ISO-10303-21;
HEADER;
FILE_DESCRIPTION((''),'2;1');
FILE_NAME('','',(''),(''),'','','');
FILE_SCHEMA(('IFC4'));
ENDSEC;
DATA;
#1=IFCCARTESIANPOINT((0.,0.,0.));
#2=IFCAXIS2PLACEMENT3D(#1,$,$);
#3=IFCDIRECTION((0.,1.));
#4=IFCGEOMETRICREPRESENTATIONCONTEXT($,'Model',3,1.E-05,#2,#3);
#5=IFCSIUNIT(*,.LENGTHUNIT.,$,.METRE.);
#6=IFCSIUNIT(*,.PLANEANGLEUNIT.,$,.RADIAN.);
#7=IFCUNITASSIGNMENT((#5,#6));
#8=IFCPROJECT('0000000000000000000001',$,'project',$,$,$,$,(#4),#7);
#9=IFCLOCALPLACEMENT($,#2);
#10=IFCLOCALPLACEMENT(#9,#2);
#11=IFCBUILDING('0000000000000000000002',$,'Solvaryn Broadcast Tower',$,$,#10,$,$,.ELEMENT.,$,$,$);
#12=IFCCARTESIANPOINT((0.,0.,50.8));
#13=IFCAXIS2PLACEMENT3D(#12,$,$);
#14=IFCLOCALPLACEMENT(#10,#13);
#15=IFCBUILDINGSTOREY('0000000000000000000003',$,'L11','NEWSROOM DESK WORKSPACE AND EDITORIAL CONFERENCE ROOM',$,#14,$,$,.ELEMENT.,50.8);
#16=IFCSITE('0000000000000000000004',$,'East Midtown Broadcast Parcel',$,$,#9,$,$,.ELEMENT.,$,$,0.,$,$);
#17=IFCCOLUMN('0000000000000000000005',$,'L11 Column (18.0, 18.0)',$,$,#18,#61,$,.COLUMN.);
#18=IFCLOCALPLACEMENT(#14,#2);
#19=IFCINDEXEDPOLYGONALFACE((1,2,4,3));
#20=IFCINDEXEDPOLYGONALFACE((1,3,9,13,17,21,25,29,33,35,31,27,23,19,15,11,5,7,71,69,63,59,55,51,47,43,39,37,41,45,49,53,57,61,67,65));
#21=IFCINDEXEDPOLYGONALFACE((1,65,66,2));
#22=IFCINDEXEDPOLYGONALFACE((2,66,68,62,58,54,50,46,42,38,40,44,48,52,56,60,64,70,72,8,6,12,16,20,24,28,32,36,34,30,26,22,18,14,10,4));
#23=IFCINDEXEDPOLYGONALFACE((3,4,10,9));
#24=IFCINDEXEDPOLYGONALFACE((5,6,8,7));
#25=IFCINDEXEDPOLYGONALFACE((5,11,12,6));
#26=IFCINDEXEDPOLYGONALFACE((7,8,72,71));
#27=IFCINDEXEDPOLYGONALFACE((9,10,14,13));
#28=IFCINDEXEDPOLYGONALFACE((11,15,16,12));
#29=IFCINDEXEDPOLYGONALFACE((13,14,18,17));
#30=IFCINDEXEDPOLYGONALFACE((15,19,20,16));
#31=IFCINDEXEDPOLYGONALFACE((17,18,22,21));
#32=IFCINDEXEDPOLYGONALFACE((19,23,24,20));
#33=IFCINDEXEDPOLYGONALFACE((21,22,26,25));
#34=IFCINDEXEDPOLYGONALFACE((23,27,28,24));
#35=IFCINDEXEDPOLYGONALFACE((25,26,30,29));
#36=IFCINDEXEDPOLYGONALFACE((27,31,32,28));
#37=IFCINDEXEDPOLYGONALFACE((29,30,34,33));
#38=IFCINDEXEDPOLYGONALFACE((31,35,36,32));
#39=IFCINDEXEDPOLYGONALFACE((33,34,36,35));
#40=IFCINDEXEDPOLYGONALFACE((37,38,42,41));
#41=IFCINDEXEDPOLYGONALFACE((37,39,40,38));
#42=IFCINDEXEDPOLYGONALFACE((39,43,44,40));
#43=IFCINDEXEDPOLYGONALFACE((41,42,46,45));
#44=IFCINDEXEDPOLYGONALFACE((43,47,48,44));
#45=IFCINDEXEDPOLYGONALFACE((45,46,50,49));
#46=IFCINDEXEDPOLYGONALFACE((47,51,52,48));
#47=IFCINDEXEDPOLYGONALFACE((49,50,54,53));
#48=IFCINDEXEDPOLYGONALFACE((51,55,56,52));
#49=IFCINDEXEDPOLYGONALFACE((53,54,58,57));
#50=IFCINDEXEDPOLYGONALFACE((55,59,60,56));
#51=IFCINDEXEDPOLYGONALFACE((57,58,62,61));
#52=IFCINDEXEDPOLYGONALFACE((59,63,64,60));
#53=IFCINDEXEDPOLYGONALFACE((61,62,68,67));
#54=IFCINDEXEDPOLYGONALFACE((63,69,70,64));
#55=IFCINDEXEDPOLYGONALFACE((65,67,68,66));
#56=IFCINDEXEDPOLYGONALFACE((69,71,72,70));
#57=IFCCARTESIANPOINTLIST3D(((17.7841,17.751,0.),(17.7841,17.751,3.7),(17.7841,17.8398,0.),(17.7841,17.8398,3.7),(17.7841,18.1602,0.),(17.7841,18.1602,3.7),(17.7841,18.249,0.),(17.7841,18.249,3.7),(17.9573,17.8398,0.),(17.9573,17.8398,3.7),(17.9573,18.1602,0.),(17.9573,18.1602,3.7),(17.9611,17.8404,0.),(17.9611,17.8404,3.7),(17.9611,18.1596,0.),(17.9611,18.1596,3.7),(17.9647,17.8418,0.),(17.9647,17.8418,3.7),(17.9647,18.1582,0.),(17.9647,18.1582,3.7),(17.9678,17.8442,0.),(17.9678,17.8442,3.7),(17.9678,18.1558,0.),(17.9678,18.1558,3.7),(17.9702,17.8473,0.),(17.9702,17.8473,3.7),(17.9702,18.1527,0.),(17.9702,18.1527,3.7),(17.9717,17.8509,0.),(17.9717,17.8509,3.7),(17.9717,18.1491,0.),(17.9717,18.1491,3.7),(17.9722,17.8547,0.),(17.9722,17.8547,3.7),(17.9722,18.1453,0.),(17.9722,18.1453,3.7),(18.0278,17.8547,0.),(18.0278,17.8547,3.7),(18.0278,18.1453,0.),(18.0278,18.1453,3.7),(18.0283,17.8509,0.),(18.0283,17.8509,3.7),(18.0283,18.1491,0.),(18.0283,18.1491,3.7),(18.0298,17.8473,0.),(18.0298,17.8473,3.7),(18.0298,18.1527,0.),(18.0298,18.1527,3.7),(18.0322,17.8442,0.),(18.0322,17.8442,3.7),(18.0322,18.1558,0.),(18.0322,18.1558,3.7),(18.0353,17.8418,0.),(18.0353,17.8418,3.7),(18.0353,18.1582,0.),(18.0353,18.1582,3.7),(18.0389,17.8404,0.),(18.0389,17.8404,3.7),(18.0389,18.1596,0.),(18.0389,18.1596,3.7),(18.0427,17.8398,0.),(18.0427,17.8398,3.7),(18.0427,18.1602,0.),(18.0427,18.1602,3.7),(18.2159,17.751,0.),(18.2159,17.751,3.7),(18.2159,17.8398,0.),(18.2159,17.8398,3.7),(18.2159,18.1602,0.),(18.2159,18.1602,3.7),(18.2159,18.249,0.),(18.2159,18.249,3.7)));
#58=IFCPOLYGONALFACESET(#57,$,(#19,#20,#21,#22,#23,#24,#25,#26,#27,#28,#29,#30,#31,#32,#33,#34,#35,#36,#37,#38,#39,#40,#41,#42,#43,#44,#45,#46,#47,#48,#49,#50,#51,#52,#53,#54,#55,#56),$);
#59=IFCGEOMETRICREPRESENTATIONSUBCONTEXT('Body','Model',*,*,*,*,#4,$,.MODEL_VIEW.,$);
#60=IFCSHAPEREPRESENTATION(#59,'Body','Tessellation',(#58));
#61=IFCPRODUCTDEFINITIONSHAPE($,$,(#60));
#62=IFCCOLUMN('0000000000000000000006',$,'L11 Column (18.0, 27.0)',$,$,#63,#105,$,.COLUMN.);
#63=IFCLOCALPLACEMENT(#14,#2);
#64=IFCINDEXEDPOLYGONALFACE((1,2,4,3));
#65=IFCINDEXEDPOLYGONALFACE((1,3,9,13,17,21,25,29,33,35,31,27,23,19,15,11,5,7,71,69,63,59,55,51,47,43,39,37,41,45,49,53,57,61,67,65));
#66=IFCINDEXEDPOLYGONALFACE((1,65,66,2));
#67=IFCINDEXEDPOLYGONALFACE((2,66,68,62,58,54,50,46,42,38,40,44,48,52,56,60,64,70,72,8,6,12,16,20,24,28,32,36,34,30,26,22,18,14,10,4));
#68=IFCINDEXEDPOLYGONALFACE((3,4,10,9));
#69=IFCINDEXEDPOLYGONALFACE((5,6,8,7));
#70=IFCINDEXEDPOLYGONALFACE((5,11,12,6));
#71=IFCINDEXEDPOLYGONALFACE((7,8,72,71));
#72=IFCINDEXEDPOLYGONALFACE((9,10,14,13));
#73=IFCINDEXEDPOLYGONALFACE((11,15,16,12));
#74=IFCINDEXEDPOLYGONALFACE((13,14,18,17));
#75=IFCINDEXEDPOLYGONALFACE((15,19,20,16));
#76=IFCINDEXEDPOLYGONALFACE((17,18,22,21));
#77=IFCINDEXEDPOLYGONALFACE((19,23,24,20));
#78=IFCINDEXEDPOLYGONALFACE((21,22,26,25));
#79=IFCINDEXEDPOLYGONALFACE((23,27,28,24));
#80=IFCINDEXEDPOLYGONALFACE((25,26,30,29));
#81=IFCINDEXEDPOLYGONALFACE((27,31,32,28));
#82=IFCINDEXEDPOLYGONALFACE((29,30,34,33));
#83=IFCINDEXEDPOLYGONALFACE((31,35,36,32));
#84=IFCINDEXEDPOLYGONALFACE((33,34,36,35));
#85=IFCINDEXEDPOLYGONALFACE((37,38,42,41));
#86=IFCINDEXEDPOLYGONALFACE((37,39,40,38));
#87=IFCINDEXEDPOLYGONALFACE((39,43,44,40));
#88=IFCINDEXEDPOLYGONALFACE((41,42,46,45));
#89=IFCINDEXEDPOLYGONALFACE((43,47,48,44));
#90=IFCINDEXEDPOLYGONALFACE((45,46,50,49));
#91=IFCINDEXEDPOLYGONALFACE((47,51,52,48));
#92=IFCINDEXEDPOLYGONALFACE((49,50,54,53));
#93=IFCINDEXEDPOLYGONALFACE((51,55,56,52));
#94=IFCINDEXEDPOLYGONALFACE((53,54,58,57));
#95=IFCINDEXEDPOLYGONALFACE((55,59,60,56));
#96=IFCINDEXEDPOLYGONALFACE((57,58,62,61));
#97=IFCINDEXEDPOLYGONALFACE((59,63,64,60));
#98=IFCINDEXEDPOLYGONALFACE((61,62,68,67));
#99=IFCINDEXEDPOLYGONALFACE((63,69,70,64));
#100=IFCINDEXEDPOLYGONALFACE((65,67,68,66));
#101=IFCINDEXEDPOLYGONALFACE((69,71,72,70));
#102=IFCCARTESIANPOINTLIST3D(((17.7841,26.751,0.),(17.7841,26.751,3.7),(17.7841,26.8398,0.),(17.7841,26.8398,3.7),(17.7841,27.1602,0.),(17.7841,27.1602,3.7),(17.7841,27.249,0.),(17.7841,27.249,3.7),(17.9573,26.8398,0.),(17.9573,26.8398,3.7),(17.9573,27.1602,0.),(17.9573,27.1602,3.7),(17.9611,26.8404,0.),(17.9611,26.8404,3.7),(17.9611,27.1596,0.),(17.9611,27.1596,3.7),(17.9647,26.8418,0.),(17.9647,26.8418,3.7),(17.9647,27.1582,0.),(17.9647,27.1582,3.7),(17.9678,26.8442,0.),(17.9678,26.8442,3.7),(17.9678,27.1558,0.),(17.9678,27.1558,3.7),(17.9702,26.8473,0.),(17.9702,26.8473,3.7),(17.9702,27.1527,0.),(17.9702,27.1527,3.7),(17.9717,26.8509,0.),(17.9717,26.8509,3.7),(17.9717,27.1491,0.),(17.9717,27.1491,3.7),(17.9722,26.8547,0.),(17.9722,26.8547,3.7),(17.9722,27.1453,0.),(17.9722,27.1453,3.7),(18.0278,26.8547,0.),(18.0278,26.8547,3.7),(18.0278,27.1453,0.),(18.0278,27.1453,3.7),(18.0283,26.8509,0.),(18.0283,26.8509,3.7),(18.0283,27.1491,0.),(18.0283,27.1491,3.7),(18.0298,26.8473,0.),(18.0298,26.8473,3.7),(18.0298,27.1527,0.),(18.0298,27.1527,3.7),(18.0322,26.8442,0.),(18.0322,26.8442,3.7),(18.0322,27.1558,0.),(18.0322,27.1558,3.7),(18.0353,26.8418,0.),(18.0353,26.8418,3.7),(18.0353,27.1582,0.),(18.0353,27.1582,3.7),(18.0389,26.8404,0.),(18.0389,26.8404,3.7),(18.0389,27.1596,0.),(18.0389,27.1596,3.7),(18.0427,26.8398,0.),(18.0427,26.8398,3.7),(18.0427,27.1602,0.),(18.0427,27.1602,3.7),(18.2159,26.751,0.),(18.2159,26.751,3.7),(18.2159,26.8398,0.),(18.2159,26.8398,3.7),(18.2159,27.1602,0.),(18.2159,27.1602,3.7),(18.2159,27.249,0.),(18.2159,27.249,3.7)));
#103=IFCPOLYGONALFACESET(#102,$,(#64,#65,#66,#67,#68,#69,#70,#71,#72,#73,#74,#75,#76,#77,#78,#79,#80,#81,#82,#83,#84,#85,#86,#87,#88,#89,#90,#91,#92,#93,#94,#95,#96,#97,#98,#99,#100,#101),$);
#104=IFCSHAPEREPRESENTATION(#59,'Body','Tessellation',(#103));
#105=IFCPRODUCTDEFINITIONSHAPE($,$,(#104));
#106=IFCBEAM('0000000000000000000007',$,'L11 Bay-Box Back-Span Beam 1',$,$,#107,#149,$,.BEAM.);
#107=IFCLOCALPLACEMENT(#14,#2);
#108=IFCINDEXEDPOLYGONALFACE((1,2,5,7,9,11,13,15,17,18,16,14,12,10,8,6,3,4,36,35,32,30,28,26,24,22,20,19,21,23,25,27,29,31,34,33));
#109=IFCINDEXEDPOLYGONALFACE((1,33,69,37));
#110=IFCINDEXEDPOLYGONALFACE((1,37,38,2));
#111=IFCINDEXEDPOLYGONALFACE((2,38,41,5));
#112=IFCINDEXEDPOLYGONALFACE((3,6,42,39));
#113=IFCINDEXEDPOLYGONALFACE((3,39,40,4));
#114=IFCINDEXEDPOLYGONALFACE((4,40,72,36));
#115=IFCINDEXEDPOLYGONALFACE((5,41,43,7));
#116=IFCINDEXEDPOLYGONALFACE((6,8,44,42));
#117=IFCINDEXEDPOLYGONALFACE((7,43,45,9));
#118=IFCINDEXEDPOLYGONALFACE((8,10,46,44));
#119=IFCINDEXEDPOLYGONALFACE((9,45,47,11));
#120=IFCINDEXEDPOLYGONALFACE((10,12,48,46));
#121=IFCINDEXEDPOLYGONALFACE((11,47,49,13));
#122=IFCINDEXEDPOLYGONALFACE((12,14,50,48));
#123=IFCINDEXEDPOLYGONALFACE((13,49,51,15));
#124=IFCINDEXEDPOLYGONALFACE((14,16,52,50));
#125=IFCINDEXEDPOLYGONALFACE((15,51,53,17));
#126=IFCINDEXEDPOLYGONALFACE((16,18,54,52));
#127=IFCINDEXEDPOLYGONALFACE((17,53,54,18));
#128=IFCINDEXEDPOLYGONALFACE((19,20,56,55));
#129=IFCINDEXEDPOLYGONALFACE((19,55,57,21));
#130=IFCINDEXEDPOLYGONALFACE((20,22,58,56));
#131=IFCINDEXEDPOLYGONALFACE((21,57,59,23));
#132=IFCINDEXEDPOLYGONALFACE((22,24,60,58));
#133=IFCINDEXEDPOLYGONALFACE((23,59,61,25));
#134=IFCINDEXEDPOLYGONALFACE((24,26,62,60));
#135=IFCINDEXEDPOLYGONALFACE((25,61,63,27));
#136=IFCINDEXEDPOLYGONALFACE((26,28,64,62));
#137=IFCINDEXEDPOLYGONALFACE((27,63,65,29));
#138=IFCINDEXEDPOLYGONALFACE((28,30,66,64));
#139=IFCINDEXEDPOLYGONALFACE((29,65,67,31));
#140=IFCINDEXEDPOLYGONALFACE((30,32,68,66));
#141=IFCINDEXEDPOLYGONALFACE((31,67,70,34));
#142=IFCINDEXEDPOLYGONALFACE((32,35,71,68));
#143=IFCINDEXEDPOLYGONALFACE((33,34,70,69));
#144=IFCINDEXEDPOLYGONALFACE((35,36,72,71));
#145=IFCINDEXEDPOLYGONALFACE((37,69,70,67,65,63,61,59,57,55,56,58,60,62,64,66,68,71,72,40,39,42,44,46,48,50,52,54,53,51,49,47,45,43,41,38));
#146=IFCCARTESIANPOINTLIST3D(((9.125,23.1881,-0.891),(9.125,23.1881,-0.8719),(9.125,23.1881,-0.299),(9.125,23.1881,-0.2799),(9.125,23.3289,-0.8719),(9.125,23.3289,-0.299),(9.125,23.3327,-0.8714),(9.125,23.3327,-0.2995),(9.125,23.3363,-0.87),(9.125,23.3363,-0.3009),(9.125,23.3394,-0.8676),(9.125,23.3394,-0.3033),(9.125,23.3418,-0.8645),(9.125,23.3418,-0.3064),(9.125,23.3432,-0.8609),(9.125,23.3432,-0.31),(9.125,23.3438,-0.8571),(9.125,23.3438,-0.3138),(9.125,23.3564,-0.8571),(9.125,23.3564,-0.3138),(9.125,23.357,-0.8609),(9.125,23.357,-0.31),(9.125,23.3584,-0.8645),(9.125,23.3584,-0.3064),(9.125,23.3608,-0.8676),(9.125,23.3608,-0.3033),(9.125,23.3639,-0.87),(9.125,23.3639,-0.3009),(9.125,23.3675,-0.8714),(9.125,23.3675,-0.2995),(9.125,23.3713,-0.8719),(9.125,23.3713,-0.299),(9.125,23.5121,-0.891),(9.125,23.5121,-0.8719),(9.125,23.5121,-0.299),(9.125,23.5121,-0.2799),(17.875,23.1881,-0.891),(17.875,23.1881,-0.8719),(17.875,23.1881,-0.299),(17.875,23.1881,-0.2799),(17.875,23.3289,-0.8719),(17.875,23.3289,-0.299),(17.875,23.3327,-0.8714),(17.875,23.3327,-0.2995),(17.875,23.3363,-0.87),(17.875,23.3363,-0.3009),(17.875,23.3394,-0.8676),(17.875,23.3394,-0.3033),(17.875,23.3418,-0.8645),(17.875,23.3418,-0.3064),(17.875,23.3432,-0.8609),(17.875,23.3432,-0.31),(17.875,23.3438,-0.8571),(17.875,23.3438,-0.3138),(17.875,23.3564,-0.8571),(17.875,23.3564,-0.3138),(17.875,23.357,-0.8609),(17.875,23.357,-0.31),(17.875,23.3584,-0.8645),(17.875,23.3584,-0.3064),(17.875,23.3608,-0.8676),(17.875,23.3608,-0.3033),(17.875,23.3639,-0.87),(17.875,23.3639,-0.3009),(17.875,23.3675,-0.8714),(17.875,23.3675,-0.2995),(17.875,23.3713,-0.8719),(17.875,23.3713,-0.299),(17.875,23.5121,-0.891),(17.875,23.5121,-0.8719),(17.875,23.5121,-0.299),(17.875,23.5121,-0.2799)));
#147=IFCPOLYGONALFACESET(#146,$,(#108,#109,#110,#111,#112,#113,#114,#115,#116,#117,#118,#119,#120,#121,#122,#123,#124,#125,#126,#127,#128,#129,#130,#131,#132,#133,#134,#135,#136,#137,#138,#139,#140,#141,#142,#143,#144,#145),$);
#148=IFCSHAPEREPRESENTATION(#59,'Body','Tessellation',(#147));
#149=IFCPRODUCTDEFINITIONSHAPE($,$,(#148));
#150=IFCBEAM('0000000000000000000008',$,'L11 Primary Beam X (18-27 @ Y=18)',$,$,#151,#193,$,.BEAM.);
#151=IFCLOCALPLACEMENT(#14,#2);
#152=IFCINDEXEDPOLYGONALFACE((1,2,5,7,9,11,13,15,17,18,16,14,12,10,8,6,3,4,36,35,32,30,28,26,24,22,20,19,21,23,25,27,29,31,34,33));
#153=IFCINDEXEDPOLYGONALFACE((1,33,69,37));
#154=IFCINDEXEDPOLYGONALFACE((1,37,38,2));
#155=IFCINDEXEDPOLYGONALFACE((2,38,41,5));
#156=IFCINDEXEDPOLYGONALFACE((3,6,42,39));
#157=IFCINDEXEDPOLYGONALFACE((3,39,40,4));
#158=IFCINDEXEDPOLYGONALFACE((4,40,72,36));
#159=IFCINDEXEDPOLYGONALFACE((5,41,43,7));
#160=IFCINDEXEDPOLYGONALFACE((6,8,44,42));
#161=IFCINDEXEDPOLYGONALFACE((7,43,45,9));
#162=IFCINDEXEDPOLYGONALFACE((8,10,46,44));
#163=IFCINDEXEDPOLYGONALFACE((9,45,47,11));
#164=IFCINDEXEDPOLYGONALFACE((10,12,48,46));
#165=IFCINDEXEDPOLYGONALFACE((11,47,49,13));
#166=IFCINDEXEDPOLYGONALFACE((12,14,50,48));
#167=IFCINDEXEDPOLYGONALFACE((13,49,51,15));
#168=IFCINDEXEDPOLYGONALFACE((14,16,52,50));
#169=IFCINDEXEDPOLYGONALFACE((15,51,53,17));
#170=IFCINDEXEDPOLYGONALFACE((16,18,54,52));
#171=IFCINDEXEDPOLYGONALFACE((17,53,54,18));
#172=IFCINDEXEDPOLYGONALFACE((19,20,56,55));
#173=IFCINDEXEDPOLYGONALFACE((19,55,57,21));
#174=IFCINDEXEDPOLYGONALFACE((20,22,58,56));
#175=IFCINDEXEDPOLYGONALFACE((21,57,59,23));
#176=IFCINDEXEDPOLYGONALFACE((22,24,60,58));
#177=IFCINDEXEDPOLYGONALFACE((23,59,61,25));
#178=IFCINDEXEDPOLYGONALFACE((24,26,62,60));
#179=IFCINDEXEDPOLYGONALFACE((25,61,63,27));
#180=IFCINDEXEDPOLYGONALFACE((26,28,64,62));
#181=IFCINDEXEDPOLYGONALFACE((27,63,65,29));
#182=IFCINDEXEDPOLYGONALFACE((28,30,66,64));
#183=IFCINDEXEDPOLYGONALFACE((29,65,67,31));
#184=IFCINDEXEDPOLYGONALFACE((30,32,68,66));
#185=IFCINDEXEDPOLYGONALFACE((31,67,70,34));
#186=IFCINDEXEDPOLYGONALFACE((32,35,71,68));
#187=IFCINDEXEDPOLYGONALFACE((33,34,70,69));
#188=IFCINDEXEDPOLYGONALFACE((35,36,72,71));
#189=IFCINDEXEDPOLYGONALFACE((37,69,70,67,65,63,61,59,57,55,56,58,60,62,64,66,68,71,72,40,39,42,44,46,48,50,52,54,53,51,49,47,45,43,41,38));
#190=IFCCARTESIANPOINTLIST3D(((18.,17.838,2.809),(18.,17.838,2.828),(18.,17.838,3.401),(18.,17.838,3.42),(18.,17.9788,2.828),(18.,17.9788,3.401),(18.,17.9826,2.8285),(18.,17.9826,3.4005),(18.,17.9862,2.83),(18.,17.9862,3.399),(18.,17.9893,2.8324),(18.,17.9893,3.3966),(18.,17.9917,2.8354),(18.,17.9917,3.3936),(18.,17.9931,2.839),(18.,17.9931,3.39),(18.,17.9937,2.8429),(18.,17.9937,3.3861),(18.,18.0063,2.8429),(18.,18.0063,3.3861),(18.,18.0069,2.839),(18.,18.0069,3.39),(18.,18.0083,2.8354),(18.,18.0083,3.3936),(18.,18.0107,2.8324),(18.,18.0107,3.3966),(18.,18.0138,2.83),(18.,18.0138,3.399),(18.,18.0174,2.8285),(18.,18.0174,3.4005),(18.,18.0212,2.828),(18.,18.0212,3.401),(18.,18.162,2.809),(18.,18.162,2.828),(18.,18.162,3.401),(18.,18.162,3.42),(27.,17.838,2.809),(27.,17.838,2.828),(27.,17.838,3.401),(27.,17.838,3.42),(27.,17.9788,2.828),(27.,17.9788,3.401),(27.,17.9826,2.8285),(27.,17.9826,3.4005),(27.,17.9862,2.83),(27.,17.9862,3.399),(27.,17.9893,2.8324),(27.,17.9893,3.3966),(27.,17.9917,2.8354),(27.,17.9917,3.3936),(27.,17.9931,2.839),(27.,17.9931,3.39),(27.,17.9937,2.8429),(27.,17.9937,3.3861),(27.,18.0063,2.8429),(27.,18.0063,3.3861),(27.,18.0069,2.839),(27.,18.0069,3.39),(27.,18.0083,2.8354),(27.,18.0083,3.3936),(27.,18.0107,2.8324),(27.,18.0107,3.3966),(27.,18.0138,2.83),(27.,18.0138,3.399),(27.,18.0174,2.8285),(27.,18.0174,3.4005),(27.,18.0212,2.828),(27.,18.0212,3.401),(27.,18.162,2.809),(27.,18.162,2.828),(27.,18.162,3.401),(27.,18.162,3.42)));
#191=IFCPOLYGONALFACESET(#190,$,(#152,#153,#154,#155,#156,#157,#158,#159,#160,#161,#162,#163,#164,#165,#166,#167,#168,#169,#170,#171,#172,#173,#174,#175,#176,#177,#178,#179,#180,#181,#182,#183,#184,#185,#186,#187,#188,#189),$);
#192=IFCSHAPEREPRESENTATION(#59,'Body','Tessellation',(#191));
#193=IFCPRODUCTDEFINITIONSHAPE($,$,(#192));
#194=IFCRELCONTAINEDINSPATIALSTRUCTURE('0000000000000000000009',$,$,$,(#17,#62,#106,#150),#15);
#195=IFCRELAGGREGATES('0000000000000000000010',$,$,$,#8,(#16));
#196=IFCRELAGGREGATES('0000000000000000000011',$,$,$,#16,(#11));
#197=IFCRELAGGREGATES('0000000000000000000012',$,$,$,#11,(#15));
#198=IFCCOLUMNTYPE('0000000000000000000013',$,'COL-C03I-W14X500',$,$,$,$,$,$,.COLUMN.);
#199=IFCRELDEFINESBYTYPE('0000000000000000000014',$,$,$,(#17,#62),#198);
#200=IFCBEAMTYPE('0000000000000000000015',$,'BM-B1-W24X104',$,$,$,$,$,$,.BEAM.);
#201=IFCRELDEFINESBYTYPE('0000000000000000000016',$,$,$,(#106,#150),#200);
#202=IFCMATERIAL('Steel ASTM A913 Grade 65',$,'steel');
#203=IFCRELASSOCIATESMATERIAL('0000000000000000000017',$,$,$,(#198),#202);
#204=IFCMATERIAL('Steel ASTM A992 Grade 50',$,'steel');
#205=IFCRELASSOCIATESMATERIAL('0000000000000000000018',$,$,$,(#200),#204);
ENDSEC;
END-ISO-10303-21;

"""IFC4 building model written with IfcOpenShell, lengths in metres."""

from ifc_helpers import new_model, si_unit, direction, frame, origin, origin_2d, place, context, subcontext, project, spatial, i_section, extrude, material, material_profile, profile_set, type_object, element, save


model = new_model("IFC4")

# Units and contexts
model_context = context("Model", 3, precision=1e-05, world=origin(), true_north=direction((0.0, 1.0)))
body_context = subcontext(model_context, "Body", "Model", "MODEL_VIEW")
ifc_project = project(units=[si_unit("LENGTHUNIT", "METRE"), si_unit("PLANEANGLEUNIT", "RADIAN")], contexts=[model_context])

# Site, building, storey
site_placement = place(None, origin())
site = spatial("IfcSite", under=ifc_project, at=site_placement, Name="East Midtown Broadcast Parcel", CompositionType="ELEMENT", RefElevation=0.0)
building_placement = place(site_placement, origin())
building = spatial("IfcBuilding", under=site, at=building_placement, Name="Solvaryn Broadcast Tower", CompositionType="ELEMENT")
storey_placement = place(building_placement, frame((0.0, 0.0, 50.8)))
storey = spatial("IfcBuildingStorey", under=building, at=storey_placement, Name="L11", Description="NEWSROOM DESK WORKSPACE AND EDITORIAL CONFERENCE ROOM", CompositionType="ELEMENT", Elevation=50.8)

# Columns
ifc_material_1 = material(Name="Steel ASTM A913 Grade 65", Category="steel")
ifc_material_profile_1 = material_profile(ifc_material_1, i_section(OverallWidth=0.4319, OverallDepth=0.498, WebThickness=0.0557, FlangeThickness=0.0889, FilletRadius=0.0149, at=origin_2d()))
ifc_profile_set_1 = profile_set([ifc_material_profile_1], Name="Steel ASTM A913 Grade 65")
column_type = type_object("IfcColumnType", Name="COL-C03I-W14X500", PredefinedType="COLUMN", material=ifc_profile_set_1)
for number, where, z_axis, x_axis, name in (
    (1, (18.0, 18.0, 0.0), (0.0, 0.0, 1.0), (1.0, 0.0, 0.0), "L11 Column (18.0, 18.0)"),
    (2, (18.0, 27.0, 0.0), (0.0, 0.0, 1.0), (1.0, 0.0, 0.0), "L11 Column (18.0, 27.0)"),
):
    element("IfcColumn", number, at=place(storey_placement, frame(where, z_axis=z_axis, x_axis=x_axis)), inside=storey, type_object=column_type, Name=name, PredefinedType="COLUMN", context=body_context, shape_type="SweptSolid", body=[
        extrude(i_section(OverallWidth=0.4319, OverallDepth=0.498, WebThickness=0.0557, FlangeThickness=0.0889, FilletRadius=0.0149, at=origin_2d()), origin(), (0.0, 0.0, 1.0), 3.7),
    ])

# Beams
ifc_material_2 = material(Name="Steel ASTM A992 Grade 50", Category="steel")
ifc_material_profile_2 = material_profile(ifc_material_2, i_section(OverallWidth=0.324, OverallDepth=0.6111, WebThickness=0.0127, FlangeThickness=0.019, FilletRadius=0.0149, at=origin_2d()))
ifc_profile_set_2 = profile_set([ifc_material_profile_2], Name="Steel ASTM A992 Grade 50")
beam_type_1 = type_object("IfcBeamType", Name="BM-B1-W24X104", PredefinedType="BEAM", material=ifc_profile_set_2)
beam_1_placement = place(storey_placement, frame((17.875, 23.3501, -0.5854), z_axis=(-1.0, 0.0, 0.0), x_axis=(0.0, -1.0, 0.0)))
element("IfcBeam", 3, at=beam_1_placement, inside=storey, type_object=beam_type_1, Name="L11 Bay-Box Back-Span Beam 1", PredefinedType="BEAM", context=body_context, shape_type="SweptSolid", body=[
    extrude(i_section(OverallWidth=0.324, OverallDepth=0.6111, WebThickness=0.0127, FlangeThickness=0.019, FilletRadius=0.0149, at=origin_2d()), origin(), (0.0, 0.0, 1.0), 8.75),
])
for number, where, z_axis, x_axis, name in (
    (4, (18.0, 18.0, 3.1145), (1.0, 0.0, 0.0), (0.0, 1.0, 0.0), "L11 Primary Beam X (18-27 @ Y=18)"),
):
    element("IfcBeam", number, at=place(storey_placement, frame(where, z_axis=z_axis, x_axis=x_axis)), inside=storey, type_object=beam_type_1, Name=name, PredefinedType="BEAM", context=body_context, shape_type="SweptSolid", body=[
        extrude(i_section(OverallWidth=0.324, OverallDepth=0.6111, WebThickness=0.0127, FlangeThickness=0.019, FilletRadius=0.0149, at=origin_2d()), origin(), (0.0, 0.0, 1.0), 9.0),
    ])

save(model, "model.ifc")
